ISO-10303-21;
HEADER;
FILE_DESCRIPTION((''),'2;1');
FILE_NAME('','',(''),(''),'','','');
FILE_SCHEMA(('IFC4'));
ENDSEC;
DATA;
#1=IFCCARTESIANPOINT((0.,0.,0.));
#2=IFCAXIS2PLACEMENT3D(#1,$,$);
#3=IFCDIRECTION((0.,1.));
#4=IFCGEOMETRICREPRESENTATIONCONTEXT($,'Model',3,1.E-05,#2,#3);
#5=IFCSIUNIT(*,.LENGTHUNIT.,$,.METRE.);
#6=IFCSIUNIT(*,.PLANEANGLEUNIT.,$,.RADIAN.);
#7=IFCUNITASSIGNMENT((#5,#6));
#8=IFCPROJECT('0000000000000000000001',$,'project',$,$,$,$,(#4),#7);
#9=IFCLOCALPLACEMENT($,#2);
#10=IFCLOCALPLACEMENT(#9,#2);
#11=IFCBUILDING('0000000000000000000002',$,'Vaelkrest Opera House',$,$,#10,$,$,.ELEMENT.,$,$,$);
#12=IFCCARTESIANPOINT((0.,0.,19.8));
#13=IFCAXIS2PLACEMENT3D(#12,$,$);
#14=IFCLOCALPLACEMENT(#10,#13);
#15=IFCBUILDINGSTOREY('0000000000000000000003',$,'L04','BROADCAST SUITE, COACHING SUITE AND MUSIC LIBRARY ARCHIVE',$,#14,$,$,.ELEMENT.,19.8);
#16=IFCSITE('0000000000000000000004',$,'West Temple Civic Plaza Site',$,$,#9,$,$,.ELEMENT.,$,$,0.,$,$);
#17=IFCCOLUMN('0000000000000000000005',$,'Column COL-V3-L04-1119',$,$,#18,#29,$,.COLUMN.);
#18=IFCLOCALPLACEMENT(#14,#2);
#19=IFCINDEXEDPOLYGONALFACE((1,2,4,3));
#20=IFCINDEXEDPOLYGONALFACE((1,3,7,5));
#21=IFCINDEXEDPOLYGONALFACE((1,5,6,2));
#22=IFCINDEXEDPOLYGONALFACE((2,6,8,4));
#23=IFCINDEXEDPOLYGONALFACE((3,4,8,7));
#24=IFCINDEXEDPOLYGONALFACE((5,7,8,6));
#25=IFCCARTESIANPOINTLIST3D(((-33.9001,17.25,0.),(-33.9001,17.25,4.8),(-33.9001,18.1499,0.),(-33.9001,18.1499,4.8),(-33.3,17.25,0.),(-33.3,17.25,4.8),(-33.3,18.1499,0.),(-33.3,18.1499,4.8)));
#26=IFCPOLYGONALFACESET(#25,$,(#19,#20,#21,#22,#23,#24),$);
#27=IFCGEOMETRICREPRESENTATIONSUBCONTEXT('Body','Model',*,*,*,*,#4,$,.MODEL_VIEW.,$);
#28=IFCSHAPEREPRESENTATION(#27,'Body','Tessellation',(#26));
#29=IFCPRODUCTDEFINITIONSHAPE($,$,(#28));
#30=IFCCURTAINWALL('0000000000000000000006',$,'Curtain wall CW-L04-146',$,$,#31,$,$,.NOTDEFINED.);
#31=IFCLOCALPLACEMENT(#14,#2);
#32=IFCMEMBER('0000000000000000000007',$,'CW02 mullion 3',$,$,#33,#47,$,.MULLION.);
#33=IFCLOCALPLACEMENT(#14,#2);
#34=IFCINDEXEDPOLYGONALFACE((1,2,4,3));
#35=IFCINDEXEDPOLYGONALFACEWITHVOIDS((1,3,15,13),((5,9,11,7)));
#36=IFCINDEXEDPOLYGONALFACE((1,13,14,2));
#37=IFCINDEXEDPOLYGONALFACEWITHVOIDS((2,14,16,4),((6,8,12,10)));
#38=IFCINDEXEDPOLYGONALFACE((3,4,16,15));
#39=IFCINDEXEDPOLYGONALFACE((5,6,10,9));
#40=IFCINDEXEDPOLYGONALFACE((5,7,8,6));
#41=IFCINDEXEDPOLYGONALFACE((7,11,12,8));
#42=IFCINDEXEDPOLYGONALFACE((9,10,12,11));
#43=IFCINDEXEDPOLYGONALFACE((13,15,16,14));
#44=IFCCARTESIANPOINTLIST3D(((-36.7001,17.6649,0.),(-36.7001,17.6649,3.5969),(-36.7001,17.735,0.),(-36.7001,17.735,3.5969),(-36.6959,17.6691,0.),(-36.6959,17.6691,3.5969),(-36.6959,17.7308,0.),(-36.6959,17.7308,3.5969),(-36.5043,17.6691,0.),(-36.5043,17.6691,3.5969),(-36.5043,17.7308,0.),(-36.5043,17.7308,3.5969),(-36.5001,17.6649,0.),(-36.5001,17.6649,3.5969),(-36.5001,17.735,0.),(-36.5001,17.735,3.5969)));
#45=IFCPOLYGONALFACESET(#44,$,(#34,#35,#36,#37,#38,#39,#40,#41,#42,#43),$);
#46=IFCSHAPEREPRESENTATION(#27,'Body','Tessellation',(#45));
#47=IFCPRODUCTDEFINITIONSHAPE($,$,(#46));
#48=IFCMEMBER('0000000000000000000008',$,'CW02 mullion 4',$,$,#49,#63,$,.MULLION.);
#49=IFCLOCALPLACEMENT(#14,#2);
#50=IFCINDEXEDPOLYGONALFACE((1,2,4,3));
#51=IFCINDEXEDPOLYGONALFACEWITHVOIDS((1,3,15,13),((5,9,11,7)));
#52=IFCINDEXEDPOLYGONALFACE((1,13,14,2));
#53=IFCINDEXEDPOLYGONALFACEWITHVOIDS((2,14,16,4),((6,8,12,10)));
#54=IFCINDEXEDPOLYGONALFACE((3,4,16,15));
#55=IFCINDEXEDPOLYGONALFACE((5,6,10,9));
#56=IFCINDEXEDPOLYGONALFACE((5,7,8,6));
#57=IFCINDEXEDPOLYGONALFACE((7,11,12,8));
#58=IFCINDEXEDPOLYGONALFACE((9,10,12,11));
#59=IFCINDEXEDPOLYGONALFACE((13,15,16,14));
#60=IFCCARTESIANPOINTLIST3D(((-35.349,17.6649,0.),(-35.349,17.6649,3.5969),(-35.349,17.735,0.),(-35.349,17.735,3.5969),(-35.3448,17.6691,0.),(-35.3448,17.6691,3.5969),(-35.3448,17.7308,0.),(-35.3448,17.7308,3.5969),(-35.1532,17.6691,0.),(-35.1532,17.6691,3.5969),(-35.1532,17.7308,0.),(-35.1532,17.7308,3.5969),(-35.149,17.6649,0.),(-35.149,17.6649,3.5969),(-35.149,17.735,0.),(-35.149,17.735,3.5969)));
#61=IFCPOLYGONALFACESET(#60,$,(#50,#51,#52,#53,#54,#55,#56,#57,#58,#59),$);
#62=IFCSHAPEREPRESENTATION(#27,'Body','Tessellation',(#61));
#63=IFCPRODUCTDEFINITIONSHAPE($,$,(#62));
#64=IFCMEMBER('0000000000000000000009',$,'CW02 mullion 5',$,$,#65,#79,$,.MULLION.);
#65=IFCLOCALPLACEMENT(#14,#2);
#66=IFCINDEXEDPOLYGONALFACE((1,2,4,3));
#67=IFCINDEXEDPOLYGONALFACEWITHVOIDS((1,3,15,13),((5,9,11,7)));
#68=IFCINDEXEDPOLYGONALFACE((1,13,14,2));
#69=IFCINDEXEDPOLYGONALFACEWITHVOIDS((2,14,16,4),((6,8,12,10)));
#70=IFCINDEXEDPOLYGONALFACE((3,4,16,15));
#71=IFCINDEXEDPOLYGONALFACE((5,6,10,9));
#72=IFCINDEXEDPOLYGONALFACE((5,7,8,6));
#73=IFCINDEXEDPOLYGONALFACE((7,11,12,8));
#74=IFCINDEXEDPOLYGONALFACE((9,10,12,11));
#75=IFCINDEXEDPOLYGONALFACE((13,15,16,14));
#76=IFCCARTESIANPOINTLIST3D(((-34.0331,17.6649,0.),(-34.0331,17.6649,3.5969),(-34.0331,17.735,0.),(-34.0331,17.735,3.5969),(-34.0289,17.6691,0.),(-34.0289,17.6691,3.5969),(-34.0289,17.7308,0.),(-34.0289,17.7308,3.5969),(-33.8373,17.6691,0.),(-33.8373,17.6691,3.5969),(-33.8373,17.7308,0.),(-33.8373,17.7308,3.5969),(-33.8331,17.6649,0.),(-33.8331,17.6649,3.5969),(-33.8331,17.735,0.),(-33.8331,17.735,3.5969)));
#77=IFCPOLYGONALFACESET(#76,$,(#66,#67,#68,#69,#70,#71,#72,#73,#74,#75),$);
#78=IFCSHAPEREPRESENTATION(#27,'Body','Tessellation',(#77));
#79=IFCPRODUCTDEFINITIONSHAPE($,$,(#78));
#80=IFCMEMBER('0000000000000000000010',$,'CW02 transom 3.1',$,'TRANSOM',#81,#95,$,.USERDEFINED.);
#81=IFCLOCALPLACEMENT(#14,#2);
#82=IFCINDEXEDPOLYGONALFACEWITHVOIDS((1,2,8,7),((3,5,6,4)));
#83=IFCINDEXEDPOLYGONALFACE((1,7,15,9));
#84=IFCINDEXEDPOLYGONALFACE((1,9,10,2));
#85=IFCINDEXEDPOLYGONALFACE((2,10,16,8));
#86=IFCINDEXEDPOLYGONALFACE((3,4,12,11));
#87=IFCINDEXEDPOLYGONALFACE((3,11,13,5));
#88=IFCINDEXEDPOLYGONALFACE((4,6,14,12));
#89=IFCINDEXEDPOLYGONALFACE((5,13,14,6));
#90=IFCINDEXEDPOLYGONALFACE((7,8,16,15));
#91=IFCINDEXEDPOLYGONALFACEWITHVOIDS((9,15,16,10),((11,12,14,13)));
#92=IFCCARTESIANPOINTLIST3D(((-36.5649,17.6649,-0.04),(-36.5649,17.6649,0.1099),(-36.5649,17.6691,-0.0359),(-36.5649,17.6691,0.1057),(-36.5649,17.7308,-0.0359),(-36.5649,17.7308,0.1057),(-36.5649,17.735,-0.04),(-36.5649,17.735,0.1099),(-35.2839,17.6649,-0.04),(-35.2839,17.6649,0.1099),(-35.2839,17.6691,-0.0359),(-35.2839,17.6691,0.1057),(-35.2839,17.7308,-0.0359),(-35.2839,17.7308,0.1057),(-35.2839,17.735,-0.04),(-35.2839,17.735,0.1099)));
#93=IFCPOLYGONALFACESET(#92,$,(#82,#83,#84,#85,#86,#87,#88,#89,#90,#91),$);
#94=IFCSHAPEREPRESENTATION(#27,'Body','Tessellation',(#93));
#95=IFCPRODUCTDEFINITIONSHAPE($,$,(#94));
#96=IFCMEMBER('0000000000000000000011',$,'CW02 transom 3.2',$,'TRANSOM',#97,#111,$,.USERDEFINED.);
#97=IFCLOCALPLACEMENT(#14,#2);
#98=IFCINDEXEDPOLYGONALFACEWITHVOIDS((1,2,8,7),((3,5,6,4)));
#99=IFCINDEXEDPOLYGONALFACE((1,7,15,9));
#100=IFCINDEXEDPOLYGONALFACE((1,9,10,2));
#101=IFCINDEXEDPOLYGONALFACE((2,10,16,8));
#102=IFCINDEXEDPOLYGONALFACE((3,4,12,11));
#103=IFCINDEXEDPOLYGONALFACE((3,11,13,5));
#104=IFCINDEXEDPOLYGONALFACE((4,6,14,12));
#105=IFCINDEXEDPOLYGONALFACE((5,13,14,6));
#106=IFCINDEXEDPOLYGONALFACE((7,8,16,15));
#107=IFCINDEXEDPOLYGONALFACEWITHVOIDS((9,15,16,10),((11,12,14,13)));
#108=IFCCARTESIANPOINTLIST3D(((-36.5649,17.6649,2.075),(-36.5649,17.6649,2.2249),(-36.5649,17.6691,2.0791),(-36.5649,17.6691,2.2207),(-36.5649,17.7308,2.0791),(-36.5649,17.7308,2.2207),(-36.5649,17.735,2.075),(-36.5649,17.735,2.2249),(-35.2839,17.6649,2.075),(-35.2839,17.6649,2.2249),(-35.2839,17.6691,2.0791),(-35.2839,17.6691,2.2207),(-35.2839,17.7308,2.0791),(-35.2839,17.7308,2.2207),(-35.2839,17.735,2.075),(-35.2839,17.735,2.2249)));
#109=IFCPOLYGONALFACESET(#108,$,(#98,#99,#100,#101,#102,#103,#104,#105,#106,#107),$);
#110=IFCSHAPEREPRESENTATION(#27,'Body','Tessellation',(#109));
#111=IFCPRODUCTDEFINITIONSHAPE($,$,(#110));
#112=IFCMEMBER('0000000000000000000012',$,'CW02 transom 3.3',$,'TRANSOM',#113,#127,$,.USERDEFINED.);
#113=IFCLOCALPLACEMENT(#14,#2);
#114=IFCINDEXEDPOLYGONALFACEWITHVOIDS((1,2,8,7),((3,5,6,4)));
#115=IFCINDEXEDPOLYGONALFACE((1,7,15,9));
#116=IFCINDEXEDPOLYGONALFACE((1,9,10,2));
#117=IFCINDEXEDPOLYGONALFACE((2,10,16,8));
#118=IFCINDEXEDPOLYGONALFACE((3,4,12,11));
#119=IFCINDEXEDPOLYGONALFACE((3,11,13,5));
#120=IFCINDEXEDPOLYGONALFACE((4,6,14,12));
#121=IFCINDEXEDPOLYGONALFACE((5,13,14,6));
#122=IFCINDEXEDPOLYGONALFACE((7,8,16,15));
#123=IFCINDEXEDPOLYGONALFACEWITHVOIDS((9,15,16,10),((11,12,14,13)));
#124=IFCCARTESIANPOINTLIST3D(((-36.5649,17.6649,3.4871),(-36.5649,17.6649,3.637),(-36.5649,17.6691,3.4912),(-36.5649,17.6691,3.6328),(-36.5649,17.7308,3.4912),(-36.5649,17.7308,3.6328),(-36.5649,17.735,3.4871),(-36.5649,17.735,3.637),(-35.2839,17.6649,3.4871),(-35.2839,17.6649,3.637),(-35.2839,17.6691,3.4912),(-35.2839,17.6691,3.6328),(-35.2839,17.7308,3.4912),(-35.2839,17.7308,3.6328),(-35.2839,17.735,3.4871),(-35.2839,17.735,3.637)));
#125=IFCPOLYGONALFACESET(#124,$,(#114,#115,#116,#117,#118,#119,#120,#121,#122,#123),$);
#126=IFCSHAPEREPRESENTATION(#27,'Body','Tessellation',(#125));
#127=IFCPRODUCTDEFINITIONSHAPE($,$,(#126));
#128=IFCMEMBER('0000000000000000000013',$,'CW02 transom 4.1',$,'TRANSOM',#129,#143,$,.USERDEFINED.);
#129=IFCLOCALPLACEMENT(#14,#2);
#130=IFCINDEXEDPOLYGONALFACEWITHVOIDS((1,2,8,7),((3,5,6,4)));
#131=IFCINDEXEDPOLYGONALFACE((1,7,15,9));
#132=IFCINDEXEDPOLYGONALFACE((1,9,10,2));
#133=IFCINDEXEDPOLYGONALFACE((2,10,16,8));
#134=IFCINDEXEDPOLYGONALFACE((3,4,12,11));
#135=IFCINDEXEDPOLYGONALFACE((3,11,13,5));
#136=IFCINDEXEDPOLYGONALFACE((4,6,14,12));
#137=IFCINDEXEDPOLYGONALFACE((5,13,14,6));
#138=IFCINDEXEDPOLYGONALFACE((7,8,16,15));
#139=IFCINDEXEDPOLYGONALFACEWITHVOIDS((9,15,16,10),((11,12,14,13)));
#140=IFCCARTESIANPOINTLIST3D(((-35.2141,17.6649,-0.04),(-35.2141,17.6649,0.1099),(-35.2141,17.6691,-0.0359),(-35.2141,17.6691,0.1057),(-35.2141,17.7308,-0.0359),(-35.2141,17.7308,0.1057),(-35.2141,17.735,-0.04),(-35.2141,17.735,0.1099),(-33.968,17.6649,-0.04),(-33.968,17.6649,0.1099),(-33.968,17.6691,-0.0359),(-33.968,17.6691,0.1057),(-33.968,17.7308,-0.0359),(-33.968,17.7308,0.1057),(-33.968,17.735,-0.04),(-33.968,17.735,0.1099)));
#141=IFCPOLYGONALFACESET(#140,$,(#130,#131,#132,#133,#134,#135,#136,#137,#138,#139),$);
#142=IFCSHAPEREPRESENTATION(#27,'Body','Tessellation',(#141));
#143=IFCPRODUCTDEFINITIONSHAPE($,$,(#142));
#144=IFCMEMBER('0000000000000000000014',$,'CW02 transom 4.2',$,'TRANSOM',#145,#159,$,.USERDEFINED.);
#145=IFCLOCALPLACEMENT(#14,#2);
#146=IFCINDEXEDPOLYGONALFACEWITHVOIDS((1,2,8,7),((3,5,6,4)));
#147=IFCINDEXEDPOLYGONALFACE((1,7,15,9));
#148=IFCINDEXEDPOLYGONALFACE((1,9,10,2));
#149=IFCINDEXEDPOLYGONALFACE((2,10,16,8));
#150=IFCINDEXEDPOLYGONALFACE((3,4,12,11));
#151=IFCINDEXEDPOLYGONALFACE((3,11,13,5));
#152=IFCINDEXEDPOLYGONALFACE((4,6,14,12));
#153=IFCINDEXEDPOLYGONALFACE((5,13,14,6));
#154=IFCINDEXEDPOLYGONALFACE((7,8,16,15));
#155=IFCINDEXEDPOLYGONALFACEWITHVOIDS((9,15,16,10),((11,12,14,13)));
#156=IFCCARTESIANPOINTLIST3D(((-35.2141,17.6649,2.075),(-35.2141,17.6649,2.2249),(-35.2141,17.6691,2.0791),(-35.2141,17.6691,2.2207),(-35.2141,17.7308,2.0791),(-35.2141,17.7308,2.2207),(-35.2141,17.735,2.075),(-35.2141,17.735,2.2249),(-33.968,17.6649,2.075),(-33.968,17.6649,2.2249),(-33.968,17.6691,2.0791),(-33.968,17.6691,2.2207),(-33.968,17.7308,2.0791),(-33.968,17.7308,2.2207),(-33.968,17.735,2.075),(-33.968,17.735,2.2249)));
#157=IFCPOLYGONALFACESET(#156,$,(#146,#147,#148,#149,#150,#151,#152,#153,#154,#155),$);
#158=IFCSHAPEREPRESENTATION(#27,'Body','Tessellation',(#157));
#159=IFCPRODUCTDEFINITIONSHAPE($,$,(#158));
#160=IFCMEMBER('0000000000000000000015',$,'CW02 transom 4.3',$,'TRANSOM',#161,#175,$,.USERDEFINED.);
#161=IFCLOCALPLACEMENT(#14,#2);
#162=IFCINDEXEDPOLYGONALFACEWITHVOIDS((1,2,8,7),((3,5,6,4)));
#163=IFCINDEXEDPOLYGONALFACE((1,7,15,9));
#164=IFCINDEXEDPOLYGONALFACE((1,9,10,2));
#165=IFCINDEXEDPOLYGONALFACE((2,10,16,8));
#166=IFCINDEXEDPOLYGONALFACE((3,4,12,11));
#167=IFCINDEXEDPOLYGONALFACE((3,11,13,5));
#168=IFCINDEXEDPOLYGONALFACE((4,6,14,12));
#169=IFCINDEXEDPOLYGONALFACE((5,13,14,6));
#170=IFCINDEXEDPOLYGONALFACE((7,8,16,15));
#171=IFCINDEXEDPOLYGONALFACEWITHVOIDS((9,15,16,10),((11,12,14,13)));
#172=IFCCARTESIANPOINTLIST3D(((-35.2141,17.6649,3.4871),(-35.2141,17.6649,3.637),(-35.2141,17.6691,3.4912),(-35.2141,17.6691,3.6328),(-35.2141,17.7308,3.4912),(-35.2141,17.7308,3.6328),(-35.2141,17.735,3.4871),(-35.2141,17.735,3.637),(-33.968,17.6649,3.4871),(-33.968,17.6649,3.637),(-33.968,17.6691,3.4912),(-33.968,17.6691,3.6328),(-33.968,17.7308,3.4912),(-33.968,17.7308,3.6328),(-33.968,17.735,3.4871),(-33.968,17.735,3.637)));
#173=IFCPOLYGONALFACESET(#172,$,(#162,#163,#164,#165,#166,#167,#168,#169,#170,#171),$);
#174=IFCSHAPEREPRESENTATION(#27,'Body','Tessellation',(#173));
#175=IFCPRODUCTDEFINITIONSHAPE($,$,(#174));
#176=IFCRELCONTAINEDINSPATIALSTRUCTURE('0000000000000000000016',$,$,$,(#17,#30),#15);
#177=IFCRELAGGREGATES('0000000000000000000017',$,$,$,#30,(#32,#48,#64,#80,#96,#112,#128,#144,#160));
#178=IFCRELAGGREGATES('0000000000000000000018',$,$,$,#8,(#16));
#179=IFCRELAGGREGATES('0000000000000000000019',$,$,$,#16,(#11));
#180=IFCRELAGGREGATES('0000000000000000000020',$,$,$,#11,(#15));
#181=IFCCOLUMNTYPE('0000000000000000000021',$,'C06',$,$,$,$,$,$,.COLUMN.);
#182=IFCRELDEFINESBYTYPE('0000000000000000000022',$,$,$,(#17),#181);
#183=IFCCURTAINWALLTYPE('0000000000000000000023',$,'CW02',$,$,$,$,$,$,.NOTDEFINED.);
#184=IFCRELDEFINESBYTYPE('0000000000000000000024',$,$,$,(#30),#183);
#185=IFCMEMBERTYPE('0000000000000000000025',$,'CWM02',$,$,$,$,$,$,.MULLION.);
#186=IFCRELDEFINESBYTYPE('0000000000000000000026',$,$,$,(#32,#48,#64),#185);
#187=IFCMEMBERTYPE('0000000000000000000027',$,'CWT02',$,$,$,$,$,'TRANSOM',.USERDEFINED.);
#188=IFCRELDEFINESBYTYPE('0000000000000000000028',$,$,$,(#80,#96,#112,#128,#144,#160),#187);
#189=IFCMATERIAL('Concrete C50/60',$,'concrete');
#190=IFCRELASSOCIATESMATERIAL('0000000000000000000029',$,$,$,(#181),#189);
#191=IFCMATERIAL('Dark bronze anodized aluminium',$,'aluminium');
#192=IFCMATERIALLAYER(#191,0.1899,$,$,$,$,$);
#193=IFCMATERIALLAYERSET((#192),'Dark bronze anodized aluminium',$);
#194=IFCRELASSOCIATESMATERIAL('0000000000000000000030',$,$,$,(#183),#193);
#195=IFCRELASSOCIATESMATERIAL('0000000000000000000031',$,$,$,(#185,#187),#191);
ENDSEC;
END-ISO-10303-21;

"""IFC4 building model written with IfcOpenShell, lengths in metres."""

from ifc_helpers import new_model, si_unit, direction, frame, origin, origin_2d, place, context, subcontext, project, spatial, rectangle, hollow_rectangle, extrude, material, layer, layer_set, material_profile, profile_set, type_object, element, aggregate, save


model = new_model("IFC4")

# Units and contexts
model_context = context("Model", 3, precision=1e-05, world=origin(), true_north=direction((0.0, 1.0)))
body_context = subcontext(model_context, "Body", "Model", "MODEL_VIEW")
ifc_project = project(units=[si_unit("LENGTHUNIT", "METRE"), si_unit("PLANEANGLEUNIT", "RADIAN")], contexts=[model_context])

# Site, building, storey
site_placement = place(None, origin())
site = spatial("IfcSite", under=ifc_project, at=site_placement, Name="West Temple Civic Plaza Site", CompositionType="ELEMENT", RefElevation=0.0)
building_placement = place(site_placement, origin())
building = spatial("IfcBuilding", under=site, at=building_placement, Name="Vaelkrest Opera House", CompositionType="ELEMENT")
storey_placement = place(building_placement, frame((0.0, 0.0, 19.8)))
storey = spatial("IfcBuildingStorey", under=building, at=storey_placement, Name="L04", Description="BROADCAST SUITE, COACHING SUITE AND MUSIC LIBRARY ARCHIVE", CompositionType="ELEMENT", Elevation=19.8)

# Column
ifc_material_1 = material(Name="Concrete C50/60", Category="concrete")
ifc_material_profile_1 = material_profile(ifc_material_1, rectangle(XDim=0.6001, YDim=0.8999, at=origin_2d()), Name="RC600X900")
ifc_profile_set_1 = profile_set([ifc_material_profile_1], Name="Concrete C50/60")
column_type = type_object("IfcColumnType", Name="C06", PredefinedType="COLUMN", material=ifc_profile_set_1)
column_placement = place(storey_placement, frame((-33.6001, 17.7, 0.0), z_axis=(0.0, 0.0, 1.0), x_axis=(1.0, 0.0, 0.0)))
element("IfcColumn", 1, at=column_placement, inside=storey, type_object=column_type, Name="Column COL-V3-L04-1119", PredefinedType="COLUMN", context=body_context, shape_type="SweptSolid", body=[
    extrude(rectangle(XDim=0.6001, YDim=0.8999, at=origin_2d()), origin(), (0.0, 0.0, 1.0), 4.8),
])

# Curtain wall, members
ifc_material_2 = material(Name="Dark bronze anodized aluminium", Category="aluminium")
ifc_layer_1 = layer(ifc_material_2, 0.1899)
ifc_layer_set_1 = layer_set([ifc_layer_1], Name="Dark bronze anodized aluminium")
curtain_wall_type = type_object("IfcCurtainWallType", Name="CW02", PredefinedType="NOTDEFINED", material=ifc_layer_set_1)
curtain_wall_placement = place(storey_placement, origin())
curtain_wall = element("IfcCurtainWall", 2, at=curtain_wall_placement, inside=storey, type_object=curtain_wall_type, Name="Curtain wall CW-L04-146", PredefinedType="NOTDEFINED")
ifc_material_profile_2 = material_profile(ifc_material_2, hollow_rectangle(XDim=0.0701, YDim=0.2, WallThickness=0.0042, at=origin_2d()), Name="CWM70X200")
ifc_profile_set_2 = profile_set([ifc_material_profile_2], Name="Dark bronze anodized aluminium")
member_type_1 = type_object("IfcMemberType", Name="CWM02", PredefinedType="MULLION", material=ifc_profile_set_2)
member_1_placement = place(storey_placement, frame((-36.6001, 17.7, 0.0), z_axis=(0.0, 0.0, 1.0), x_axis=(0.0, 1.0, 0.0)))
member_1 = element("IfcMember", 3, at=member_1_placement, type_object=member_type_1, Name="CW02 mullion 3", PredefinedType="MULLION", context=body_context, shape_type="SweptSolid", body=[
    extrude(hollow_rectangle(XDim=0.0701, YDim=0.2, WallThickness=0.0042, at=origin_2d()), origin(), (0.0, 0.0, 1.0), 3.5969),
])
member_2_placement = place(storey_placement, frame((-35.249, 17.7, 0.0), z_axis=(0.0, 0.0, 1.0), x_axis=(0.0, 1.0, 0.0)))
member_2 = element("IfcMember", 4, at=member_2_placement, type_object=member_type_1, Name="CW02 mullion 4", PredefinedType="MULLION", context=body_context, shape_type="SweptSolid", body=[
    extrude(hollow_rectangle(XDim=0.0701, YDim=0.2, WallThickness=0.0042, at=origin_2d()), origin(), (0.0, 0.0, 1.0), 3.5969),
])
member_3_placement = place(storey_placement, frame((-33.9331, 17.7, 0.0), z_axis=(0.0, 0.0, 1.0), x_axis=(0.0, 1.0, 0.0)))
member_3 = element("IfcMember", 5, at=member_3_placement, type_object=member_type_1, Name="CW02 mullion 5", PredefinedType="MULLION", context=body_context, shape_type="SweptSolid", body=[
    extrude(hollow_rectangle(XDim=0.0701, YDim=0.2, WallThickness=0.0042, at=origin_2d()), origin(), (0.0, 0.0, 1.0), 3.5969),
])
ifc_material_profile_3 = material_profile(ifc_material_2, hollow_rectangle(XDim=0.0701, YDim=0.1499, WallThickness=0.0042, at=origin_2d()), Name="CWT70X150")
ifc_profile_set_3 = profile_set([ifc_material_profile_3], Name="Dark bronze anodized aluminium")
member_type_2 = type_object("IfcMemberType", Name="CWT02", ElementType="TRANSOM", PredefinedType="USERDEFINED", material=ifc_profile_set_3)
member_4_placement = place(storey_placement, frame((-36.5649, 17.7, 0.0349), z_axis=(1.0, 0.0, 0.0), x_axis=(0.0, 1.0, 0.0)))
member_4 = element("IfcMember", 6, at=member_4_placement, type_object=member_type_2, Name="CW02 transom 3.1", ObjectType="TRANSOM", PredefinedType="USERDEFINED", context=body_context, shape_type="SweptSolid", body=[
    extrude(hollow_rectangle(XDim=0.0701, YDim=0.1499, WallThickness=0.0042, at=origin_2d()), origin(), (0.0, 0.0, 1.0), 1.281),
])
member_5_placement = place(storey_placement, frame((-36.5649, 17.7, 2.1499), z_axis=(1.0, 0.0, 0.0), x_axis=(0.0, 1.0, 0.0)))
member_5 = element("IfcMember", 7, at=member_5_placement, type_object=member_type_2, Name="CW02 transom 3.2", ObjectType="TRANSOM", PredefinedType="USERDEFINED", context=body_context, shape_type="SweptSolid", body=[
    extrude(hollow_rectangle(XDim=0.0701, YDim=0.1499, WallThickness=0.0042, at=origin_2d()), origin(), (0.0, 0.0, 1.0), 1.281),
])
member_6_placement = place(storey_placement, frame((-36.5649, 17.7, 3.562), z_axis=(1.0, 0.0, 0.0), x_axis=(0.0, 1.0, 0.0)))
member_6 = element("IfcMember", 8, at=member_6_placement, type_object=member_type_2, Name="CW02 transom 3.3", ObjectType="TRANSOM", PredefinedType="USERDEFINED", context=body_context, shape_type="SweptSolid", body=[
    extrude(hollow_rectangle(XDim=0.0701, YDim=0.1499, WallThickness=0.0042, at=origin_2d()), origin(), (0.0, 0.0, 1.0), 1.281),
])
member_7_placement = place(storey_placement, frame((-35.2141, 17.7, 0.0349), z_axis=(1.0, 0.0, 0.0), x_axis=(0.0, 1.0, 0.0)))
member_7 = element("IfcMember", 9, at=member_7_placement, type_object=member_type_2, Name="CW02 transom 4.1", ObjectType="TRANSOM", PredefinedType="USERDEFINED", context=body_context, shape_type="SweptSolid", body=[
    extrude(hollow_rectangle(XDim=0.0701, YDim=0.1499, WallThickness=0.0042, at=origin_2d()), origin(), (0.0, 0.0, 1.0), 1.2461),
])
member_8_placement = place(storey_placement, frame((-35.2141, 17.7, 2.1499), z_axis=(1.0, 0.0, 0.0), x_axis=(0.0, 1.0, 0.0)))
member_8 = element("IfcMember", 10, at=member_8_placement, type_object=member_type_2, Name="CW02 transom 4.2", ObjectType="TRANSOM", PredefinedType="USERDEFINED", context=body_context, shape_type="SweptSolid", body=[
    extrude(hollow_rectangle(XDim=0.0701, YDim=0.1499, WallThickness=0.0042, at=origin_2d()), origin(), (0.0, 0.0, 1.0), 1.2461),
])
member_9_placement = place(storey_placement, frame((-35.2141, 17.7, 3.562), z_axis=(1.0, 0.0, 0.0), x_axis=(0.0, 1.0, 0.0)))
member_9 = element("IfcMember", 11, at=member_9_placement, type_object=member_type_2, Name="CW02 transom 4.3", ObjectType="TRANSOM", PredefinedType="USERDEFINED", context=body_context, shape_type="SweptSolid", body=[
    extrude(hollow_rectangle(XDim=0.0701, YDim=0.1499, WallThickness=0.0042, at=origin_2d()), origin(), (0.0, 0.0, 1.0), 1.2461),
])

aggregate(curtain_wall, [member_1, member_2, member_3, member_4, member_5, member_6, member_7, member_8, member_9])

save(model, "model.ifc")
